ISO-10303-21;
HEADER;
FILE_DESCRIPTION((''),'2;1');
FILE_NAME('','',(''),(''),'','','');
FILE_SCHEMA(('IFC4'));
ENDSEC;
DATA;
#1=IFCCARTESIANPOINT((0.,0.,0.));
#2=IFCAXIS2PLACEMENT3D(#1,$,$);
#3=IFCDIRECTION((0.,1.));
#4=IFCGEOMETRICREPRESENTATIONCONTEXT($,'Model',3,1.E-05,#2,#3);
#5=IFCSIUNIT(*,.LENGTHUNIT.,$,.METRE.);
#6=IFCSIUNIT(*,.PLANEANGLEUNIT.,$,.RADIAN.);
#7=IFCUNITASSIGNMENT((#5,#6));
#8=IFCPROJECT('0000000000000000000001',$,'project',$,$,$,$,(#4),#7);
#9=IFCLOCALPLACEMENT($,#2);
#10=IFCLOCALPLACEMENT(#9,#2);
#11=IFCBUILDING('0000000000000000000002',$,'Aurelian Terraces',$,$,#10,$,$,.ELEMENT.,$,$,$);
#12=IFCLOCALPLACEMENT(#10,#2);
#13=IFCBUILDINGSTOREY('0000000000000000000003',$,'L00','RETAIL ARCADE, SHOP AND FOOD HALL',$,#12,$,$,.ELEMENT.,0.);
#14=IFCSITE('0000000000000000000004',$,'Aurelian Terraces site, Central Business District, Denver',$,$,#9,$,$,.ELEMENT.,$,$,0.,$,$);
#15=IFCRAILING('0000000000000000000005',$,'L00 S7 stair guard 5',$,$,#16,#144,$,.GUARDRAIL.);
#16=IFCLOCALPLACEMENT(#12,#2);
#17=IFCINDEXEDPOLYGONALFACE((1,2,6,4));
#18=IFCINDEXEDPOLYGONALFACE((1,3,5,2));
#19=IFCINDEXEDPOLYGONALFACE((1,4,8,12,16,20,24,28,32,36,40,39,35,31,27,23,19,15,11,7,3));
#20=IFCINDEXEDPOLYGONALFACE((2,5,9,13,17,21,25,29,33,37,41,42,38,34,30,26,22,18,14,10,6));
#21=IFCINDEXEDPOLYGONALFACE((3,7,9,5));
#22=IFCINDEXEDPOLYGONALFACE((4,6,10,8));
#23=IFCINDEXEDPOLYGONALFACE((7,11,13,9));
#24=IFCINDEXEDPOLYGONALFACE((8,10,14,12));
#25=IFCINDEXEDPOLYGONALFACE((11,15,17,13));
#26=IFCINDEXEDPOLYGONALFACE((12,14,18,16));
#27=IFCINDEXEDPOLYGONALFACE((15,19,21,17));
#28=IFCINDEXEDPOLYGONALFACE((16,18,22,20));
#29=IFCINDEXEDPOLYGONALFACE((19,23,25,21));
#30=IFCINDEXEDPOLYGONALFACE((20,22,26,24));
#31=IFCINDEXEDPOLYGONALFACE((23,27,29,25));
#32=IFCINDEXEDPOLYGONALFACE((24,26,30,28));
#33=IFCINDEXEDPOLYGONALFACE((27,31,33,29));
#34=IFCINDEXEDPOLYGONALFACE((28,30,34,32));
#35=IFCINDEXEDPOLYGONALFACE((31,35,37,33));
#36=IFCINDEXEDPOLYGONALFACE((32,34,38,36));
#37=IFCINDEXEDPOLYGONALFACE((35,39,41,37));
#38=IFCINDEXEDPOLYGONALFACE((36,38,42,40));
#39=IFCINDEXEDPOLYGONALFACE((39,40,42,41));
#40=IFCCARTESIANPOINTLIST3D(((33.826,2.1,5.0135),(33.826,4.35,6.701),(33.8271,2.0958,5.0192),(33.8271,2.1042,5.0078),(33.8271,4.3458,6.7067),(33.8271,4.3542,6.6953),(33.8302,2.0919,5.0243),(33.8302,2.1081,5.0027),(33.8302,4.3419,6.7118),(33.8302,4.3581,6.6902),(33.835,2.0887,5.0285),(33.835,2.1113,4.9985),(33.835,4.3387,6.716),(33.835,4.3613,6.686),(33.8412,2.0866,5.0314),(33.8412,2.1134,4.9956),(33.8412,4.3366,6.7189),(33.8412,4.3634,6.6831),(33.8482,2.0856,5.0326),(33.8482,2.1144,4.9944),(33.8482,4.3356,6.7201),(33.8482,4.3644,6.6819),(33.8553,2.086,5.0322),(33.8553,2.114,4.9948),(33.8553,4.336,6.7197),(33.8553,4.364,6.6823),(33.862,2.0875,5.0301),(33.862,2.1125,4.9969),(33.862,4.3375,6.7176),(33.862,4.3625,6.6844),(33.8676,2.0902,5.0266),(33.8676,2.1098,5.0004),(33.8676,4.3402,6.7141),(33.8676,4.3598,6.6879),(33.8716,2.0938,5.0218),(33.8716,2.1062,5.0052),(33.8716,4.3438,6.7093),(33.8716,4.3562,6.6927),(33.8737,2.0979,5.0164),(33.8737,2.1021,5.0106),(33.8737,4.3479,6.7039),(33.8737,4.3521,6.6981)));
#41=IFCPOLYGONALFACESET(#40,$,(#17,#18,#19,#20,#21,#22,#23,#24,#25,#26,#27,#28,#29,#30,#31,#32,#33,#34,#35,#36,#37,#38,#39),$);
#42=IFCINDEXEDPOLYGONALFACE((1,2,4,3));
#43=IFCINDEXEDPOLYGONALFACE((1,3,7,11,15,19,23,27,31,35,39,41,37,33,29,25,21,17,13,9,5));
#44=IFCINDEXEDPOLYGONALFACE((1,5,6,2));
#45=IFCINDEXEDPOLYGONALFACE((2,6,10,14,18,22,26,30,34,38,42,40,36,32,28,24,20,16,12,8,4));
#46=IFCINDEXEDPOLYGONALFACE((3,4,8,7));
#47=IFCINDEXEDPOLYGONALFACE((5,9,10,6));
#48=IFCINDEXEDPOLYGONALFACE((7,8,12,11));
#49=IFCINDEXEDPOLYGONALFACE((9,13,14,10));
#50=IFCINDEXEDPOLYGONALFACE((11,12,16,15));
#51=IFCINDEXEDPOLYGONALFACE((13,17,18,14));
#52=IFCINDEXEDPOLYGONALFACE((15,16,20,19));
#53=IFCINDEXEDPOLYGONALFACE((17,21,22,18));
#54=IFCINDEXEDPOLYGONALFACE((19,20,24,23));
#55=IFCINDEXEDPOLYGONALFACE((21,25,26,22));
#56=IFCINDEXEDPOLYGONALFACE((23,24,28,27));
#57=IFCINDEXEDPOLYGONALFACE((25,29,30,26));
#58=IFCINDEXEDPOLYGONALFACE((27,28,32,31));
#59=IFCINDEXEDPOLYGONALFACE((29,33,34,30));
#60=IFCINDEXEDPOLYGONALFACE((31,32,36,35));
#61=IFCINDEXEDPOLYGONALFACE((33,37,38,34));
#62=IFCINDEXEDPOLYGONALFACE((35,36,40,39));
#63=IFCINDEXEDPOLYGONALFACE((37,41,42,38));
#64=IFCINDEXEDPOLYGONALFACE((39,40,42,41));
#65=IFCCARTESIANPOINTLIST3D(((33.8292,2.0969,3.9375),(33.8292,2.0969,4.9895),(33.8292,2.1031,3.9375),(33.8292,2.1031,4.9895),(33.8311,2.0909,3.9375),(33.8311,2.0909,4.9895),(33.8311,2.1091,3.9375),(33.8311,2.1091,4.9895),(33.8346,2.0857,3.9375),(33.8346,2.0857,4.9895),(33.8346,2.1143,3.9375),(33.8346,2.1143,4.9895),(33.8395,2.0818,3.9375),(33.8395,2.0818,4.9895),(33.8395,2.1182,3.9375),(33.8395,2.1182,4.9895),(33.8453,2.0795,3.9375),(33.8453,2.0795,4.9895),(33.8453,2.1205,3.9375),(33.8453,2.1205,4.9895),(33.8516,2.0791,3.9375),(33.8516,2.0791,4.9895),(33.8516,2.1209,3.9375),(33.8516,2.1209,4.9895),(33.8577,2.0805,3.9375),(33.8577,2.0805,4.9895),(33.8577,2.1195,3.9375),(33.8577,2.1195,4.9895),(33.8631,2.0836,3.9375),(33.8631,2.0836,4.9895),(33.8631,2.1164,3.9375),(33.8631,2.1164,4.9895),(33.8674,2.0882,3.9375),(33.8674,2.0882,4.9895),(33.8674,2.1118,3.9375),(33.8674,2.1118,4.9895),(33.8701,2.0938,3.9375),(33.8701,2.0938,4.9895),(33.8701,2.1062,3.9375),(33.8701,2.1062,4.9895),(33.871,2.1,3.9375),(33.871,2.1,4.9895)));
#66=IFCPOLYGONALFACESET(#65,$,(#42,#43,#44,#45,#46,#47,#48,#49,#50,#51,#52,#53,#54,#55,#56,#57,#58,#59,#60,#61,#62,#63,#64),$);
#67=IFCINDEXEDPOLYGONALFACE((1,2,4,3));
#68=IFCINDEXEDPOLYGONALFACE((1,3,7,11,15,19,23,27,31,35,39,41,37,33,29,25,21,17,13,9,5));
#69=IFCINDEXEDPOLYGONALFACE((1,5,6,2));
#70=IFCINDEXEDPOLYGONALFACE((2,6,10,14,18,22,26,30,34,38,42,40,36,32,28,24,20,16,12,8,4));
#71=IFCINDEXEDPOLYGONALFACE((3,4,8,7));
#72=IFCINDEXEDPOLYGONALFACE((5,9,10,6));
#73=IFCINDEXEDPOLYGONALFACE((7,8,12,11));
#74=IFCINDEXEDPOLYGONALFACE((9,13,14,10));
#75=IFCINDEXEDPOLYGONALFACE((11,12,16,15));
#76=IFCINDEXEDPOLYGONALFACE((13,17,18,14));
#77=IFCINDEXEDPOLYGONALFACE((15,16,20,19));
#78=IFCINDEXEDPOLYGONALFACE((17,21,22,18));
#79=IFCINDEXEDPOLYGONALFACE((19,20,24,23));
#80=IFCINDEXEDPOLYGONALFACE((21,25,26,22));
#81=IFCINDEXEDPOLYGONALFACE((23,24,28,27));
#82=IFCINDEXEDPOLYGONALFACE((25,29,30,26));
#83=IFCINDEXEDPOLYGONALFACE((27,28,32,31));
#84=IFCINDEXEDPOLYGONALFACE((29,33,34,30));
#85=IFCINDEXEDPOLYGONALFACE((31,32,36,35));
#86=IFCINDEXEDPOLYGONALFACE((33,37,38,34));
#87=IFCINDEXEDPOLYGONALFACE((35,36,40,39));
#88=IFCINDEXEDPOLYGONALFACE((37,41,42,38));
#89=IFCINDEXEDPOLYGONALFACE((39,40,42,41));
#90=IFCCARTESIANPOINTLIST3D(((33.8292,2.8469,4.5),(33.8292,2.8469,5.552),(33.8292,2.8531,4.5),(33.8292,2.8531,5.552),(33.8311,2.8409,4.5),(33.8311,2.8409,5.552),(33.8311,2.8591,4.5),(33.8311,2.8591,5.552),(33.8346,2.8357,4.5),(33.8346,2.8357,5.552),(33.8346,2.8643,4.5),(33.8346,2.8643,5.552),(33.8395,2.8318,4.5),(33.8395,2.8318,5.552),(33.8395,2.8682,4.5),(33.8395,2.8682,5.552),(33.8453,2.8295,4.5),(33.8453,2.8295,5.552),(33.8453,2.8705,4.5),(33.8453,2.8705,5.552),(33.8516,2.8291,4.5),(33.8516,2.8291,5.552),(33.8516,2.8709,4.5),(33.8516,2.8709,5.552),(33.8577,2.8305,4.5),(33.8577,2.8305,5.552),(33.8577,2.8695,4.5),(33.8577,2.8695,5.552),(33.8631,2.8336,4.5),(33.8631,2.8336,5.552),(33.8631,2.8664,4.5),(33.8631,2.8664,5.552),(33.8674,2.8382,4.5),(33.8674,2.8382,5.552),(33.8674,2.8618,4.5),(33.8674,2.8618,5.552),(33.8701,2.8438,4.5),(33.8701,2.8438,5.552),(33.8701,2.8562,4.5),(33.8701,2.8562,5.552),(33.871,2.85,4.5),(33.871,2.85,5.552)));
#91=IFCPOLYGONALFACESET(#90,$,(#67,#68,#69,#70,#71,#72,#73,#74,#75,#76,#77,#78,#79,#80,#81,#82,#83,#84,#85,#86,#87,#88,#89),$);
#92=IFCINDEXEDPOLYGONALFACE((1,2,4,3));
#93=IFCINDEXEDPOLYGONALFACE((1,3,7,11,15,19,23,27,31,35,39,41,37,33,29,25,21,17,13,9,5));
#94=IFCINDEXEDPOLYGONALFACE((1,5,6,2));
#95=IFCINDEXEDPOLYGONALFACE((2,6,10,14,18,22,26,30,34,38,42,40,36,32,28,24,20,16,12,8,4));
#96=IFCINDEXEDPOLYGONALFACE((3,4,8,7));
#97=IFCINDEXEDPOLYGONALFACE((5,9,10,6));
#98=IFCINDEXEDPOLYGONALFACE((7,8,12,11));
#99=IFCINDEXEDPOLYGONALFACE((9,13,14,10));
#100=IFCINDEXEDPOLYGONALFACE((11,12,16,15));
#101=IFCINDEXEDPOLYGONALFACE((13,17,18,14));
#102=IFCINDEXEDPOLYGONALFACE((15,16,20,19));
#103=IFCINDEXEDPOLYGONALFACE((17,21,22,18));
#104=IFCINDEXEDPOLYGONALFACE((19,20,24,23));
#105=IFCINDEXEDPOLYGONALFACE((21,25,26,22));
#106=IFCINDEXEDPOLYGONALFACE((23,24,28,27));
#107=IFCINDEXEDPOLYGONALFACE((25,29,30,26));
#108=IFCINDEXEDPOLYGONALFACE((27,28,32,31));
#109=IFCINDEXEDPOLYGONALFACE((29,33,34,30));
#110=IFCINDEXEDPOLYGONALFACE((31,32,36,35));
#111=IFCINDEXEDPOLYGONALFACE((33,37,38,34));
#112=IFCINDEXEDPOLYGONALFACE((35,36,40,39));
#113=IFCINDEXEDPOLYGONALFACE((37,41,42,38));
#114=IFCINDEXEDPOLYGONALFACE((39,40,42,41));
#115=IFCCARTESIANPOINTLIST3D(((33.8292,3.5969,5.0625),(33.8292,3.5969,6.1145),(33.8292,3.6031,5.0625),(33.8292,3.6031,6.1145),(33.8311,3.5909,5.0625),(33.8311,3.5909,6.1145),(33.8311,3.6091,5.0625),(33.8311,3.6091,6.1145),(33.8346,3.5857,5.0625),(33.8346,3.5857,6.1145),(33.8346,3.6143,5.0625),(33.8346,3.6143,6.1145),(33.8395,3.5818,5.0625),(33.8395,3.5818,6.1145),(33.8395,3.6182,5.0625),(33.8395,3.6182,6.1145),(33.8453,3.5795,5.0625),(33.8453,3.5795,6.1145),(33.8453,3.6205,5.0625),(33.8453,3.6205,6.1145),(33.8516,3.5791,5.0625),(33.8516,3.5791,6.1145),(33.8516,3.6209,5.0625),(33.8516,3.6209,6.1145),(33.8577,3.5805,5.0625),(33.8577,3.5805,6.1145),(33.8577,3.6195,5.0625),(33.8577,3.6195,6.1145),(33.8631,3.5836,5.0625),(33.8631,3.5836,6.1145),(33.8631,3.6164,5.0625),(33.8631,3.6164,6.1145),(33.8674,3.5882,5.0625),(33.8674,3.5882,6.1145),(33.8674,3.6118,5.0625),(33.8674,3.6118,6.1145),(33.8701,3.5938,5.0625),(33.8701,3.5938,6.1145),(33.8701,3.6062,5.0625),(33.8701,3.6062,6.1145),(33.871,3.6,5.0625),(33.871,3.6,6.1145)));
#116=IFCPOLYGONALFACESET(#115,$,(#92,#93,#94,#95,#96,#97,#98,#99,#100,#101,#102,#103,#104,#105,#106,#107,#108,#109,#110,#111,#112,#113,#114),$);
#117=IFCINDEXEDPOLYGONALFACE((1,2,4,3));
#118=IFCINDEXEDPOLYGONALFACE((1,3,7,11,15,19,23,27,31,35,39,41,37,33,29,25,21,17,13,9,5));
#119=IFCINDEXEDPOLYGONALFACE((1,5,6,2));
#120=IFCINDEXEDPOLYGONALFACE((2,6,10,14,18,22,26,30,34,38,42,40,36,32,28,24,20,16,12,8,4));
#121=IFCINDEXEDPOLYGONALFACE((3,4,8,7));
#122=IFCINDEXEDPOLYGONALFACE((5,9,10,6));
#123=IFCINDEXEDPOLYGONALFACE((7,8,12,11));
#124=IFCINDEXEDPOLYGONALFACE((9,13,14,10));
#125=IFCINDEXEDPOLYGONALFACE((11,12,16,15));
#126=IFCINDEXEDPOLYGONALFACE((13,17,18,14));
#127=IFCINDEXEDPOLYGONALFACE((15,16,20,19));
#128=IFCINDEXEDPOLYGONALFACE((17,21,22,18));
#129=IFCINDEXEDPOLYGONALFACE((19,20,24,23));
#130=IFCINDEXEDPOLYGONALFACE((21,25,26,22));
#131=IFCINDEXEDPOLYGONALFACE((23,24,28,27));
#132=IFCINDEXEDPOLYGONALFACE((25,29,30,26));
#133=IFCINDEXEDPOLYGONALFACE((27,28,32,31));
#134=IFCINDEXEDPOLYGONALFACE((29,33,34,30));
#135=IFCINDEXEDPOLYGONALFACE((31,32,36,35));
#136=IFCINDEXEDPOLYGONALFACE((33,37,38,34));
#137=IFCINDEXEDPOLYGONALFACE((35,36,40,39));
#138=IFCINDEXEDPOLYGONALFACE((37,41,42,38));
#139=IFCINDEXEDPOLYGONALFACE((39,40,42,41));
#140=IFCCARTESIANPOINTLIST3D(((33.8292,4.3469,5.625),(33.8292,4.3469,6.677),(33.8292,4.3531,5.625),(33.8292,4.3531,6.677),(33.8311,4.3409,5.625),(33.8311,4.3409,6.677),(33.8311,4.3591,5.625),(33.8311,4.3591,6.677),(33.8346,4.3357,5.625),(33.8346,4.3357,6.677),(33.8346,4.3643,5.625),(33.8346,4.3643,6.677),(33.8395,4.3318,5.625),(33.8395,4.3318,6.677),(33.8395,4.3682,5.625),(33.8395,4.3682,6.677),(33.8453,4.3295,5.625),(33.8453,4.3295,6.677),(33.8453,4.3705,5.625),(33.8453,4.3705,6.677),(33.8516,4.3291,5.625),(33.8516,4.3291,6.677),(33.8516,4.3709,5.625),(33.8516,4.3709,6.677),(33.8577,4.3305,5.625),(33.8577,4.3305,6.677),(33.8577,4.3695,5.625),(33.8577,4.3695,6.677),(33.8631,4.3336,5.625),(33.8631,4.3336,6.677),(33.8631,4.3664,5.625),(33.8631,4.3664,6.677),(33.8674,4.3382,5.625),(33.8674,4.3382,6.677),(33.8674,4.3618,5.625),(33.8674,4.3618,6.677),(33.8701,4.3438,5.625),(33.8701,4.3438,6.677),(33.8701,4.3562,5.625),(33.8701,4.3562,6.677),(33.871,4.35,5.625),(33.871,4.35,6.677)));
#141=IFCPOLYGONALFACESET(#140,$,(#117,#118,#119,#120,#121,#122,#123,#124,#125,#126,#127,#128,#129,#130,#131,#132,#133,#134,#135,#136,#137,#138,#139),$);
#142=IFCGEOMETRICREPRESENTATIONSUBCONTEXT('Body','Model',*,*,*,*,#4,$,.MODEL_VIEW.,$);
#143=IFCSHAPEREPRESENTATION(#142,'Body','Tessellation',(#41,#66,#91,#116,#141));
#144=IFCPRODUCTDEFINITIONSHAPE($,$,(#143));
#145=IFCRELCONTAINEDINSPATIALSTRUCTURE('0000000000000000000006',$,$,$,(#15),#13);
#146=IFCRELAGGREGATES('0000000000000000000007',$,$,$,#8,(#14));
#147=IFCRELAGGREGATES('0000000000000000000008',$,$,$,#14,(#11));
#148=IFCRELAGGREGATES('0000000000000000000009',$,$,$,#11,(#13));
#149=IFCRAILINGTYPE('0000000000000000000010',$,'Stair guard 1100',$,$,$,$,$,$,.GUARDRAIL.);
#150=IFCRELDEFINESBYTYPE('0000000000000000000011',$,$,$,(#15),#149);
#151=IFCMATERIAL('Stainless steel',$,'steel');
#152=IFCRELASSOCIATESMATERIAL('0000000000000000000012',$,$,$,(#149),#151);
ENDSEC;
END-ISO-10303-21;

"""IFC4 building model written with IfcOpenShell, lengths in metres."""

from ifc_helpers import new_model, si_unit, direction, frame, origin, origin_2d, place, context, subcontext, project, spatial, circle, extrude, source, transform, mapped, material, type_object, element, save


model = new_model("IFC4")

# Units and contexts
model_context = context("Model", 3, precision=1e-05, world=origin(), true_north=direction((0.0, 1.0)))
body_context = subcontext(model_context, "Body", "Model", "MODEL_VIEW")
ifc_project = project(units=[si_unit("LENGTHUNIT", "METRE"), si_unit("PLANEANGLEUNIT", "RADIAN")], contexts=[model_context])

# Site, building, storey
site_placement = place(None, origin())
site = spatial("IfcSite", under=ifc_project, at=site_placement, Name="Aurelian Terraces site, Central Business District, Denver", CompositionType="ELEMENT", RefElevation=0.0)
building_placement = place(site_placement, origin())
building = spatial("IfcBuilding", under=site, at=building_placement, Name="Aurelian Terraces", CompositionType="ELEMENT")
storey_placement = place(building_placement, origin())
storey = spatial("IfcBuildingStorey", under=building, at=storey_placement, Name="L00", Description="RETAIL ARCADE, SHOP AND FOOD HALL", CompositionType="ELEMENT", Elevation=0.0)

# Railing
ifc_material_1 = material(Name="Stainless steel", Category="steel")
railing_type = type_object("IfcRailingType", Name="Stair guard 1100", PredefinedType="GUARDRAIL", material=ifc_material_1)
shared_shape_1 = source(origin(), body_context, "Body", "SweptSolid", [
    extrude(circle(Radius=0.024, at=origin_2d()), frame((0.0, 0.0, 1.076), z_axis=(0.0, 0.8, 0.6), x_axis=(-1.0, 0.0, 0.0)), (0.0, 0.0, 1.0), 2.8125),
    extrude(circle(Radius=0.021, at=origin_2d()), origin(), (0.0, 0.0, 1.0), 1.052),
    extrude(circle(Radius=0.021, at=origin_2d()), frame((0.0, 0.75, 0.5625)), (0.0, 0.0, 1.0), 1.052),
    extrude(circle(Radius=0.021, at=origin_2d()), frame((0.0, 1.5, 1.125)), (0.0, 0.0, 1.0), 1.052),
    extrude(circle(Radius=0.021, at=origin_2d()), frame((0.0, 2.25, 1.6875)), (0.0, 0.0, 1.0), 1.052),
])
for number, where, name in (
    (1, (33.85, 2.1, 3.9375), "L00 S7 stair guard 5"),
):
    element("IfcRailing", number, at=place(storey_placement, frame(where)), inside=storey, type_object=railing_type, Name=name, PredefinedType="GUARDRAIL", context=body_context, shape_type="MappedRepresentation", body=[
        mapped(shared_shape_1, transform((0.0, 0.0, 0.0), scale=1.0)),
    ])

save(model, "model.ifc")
